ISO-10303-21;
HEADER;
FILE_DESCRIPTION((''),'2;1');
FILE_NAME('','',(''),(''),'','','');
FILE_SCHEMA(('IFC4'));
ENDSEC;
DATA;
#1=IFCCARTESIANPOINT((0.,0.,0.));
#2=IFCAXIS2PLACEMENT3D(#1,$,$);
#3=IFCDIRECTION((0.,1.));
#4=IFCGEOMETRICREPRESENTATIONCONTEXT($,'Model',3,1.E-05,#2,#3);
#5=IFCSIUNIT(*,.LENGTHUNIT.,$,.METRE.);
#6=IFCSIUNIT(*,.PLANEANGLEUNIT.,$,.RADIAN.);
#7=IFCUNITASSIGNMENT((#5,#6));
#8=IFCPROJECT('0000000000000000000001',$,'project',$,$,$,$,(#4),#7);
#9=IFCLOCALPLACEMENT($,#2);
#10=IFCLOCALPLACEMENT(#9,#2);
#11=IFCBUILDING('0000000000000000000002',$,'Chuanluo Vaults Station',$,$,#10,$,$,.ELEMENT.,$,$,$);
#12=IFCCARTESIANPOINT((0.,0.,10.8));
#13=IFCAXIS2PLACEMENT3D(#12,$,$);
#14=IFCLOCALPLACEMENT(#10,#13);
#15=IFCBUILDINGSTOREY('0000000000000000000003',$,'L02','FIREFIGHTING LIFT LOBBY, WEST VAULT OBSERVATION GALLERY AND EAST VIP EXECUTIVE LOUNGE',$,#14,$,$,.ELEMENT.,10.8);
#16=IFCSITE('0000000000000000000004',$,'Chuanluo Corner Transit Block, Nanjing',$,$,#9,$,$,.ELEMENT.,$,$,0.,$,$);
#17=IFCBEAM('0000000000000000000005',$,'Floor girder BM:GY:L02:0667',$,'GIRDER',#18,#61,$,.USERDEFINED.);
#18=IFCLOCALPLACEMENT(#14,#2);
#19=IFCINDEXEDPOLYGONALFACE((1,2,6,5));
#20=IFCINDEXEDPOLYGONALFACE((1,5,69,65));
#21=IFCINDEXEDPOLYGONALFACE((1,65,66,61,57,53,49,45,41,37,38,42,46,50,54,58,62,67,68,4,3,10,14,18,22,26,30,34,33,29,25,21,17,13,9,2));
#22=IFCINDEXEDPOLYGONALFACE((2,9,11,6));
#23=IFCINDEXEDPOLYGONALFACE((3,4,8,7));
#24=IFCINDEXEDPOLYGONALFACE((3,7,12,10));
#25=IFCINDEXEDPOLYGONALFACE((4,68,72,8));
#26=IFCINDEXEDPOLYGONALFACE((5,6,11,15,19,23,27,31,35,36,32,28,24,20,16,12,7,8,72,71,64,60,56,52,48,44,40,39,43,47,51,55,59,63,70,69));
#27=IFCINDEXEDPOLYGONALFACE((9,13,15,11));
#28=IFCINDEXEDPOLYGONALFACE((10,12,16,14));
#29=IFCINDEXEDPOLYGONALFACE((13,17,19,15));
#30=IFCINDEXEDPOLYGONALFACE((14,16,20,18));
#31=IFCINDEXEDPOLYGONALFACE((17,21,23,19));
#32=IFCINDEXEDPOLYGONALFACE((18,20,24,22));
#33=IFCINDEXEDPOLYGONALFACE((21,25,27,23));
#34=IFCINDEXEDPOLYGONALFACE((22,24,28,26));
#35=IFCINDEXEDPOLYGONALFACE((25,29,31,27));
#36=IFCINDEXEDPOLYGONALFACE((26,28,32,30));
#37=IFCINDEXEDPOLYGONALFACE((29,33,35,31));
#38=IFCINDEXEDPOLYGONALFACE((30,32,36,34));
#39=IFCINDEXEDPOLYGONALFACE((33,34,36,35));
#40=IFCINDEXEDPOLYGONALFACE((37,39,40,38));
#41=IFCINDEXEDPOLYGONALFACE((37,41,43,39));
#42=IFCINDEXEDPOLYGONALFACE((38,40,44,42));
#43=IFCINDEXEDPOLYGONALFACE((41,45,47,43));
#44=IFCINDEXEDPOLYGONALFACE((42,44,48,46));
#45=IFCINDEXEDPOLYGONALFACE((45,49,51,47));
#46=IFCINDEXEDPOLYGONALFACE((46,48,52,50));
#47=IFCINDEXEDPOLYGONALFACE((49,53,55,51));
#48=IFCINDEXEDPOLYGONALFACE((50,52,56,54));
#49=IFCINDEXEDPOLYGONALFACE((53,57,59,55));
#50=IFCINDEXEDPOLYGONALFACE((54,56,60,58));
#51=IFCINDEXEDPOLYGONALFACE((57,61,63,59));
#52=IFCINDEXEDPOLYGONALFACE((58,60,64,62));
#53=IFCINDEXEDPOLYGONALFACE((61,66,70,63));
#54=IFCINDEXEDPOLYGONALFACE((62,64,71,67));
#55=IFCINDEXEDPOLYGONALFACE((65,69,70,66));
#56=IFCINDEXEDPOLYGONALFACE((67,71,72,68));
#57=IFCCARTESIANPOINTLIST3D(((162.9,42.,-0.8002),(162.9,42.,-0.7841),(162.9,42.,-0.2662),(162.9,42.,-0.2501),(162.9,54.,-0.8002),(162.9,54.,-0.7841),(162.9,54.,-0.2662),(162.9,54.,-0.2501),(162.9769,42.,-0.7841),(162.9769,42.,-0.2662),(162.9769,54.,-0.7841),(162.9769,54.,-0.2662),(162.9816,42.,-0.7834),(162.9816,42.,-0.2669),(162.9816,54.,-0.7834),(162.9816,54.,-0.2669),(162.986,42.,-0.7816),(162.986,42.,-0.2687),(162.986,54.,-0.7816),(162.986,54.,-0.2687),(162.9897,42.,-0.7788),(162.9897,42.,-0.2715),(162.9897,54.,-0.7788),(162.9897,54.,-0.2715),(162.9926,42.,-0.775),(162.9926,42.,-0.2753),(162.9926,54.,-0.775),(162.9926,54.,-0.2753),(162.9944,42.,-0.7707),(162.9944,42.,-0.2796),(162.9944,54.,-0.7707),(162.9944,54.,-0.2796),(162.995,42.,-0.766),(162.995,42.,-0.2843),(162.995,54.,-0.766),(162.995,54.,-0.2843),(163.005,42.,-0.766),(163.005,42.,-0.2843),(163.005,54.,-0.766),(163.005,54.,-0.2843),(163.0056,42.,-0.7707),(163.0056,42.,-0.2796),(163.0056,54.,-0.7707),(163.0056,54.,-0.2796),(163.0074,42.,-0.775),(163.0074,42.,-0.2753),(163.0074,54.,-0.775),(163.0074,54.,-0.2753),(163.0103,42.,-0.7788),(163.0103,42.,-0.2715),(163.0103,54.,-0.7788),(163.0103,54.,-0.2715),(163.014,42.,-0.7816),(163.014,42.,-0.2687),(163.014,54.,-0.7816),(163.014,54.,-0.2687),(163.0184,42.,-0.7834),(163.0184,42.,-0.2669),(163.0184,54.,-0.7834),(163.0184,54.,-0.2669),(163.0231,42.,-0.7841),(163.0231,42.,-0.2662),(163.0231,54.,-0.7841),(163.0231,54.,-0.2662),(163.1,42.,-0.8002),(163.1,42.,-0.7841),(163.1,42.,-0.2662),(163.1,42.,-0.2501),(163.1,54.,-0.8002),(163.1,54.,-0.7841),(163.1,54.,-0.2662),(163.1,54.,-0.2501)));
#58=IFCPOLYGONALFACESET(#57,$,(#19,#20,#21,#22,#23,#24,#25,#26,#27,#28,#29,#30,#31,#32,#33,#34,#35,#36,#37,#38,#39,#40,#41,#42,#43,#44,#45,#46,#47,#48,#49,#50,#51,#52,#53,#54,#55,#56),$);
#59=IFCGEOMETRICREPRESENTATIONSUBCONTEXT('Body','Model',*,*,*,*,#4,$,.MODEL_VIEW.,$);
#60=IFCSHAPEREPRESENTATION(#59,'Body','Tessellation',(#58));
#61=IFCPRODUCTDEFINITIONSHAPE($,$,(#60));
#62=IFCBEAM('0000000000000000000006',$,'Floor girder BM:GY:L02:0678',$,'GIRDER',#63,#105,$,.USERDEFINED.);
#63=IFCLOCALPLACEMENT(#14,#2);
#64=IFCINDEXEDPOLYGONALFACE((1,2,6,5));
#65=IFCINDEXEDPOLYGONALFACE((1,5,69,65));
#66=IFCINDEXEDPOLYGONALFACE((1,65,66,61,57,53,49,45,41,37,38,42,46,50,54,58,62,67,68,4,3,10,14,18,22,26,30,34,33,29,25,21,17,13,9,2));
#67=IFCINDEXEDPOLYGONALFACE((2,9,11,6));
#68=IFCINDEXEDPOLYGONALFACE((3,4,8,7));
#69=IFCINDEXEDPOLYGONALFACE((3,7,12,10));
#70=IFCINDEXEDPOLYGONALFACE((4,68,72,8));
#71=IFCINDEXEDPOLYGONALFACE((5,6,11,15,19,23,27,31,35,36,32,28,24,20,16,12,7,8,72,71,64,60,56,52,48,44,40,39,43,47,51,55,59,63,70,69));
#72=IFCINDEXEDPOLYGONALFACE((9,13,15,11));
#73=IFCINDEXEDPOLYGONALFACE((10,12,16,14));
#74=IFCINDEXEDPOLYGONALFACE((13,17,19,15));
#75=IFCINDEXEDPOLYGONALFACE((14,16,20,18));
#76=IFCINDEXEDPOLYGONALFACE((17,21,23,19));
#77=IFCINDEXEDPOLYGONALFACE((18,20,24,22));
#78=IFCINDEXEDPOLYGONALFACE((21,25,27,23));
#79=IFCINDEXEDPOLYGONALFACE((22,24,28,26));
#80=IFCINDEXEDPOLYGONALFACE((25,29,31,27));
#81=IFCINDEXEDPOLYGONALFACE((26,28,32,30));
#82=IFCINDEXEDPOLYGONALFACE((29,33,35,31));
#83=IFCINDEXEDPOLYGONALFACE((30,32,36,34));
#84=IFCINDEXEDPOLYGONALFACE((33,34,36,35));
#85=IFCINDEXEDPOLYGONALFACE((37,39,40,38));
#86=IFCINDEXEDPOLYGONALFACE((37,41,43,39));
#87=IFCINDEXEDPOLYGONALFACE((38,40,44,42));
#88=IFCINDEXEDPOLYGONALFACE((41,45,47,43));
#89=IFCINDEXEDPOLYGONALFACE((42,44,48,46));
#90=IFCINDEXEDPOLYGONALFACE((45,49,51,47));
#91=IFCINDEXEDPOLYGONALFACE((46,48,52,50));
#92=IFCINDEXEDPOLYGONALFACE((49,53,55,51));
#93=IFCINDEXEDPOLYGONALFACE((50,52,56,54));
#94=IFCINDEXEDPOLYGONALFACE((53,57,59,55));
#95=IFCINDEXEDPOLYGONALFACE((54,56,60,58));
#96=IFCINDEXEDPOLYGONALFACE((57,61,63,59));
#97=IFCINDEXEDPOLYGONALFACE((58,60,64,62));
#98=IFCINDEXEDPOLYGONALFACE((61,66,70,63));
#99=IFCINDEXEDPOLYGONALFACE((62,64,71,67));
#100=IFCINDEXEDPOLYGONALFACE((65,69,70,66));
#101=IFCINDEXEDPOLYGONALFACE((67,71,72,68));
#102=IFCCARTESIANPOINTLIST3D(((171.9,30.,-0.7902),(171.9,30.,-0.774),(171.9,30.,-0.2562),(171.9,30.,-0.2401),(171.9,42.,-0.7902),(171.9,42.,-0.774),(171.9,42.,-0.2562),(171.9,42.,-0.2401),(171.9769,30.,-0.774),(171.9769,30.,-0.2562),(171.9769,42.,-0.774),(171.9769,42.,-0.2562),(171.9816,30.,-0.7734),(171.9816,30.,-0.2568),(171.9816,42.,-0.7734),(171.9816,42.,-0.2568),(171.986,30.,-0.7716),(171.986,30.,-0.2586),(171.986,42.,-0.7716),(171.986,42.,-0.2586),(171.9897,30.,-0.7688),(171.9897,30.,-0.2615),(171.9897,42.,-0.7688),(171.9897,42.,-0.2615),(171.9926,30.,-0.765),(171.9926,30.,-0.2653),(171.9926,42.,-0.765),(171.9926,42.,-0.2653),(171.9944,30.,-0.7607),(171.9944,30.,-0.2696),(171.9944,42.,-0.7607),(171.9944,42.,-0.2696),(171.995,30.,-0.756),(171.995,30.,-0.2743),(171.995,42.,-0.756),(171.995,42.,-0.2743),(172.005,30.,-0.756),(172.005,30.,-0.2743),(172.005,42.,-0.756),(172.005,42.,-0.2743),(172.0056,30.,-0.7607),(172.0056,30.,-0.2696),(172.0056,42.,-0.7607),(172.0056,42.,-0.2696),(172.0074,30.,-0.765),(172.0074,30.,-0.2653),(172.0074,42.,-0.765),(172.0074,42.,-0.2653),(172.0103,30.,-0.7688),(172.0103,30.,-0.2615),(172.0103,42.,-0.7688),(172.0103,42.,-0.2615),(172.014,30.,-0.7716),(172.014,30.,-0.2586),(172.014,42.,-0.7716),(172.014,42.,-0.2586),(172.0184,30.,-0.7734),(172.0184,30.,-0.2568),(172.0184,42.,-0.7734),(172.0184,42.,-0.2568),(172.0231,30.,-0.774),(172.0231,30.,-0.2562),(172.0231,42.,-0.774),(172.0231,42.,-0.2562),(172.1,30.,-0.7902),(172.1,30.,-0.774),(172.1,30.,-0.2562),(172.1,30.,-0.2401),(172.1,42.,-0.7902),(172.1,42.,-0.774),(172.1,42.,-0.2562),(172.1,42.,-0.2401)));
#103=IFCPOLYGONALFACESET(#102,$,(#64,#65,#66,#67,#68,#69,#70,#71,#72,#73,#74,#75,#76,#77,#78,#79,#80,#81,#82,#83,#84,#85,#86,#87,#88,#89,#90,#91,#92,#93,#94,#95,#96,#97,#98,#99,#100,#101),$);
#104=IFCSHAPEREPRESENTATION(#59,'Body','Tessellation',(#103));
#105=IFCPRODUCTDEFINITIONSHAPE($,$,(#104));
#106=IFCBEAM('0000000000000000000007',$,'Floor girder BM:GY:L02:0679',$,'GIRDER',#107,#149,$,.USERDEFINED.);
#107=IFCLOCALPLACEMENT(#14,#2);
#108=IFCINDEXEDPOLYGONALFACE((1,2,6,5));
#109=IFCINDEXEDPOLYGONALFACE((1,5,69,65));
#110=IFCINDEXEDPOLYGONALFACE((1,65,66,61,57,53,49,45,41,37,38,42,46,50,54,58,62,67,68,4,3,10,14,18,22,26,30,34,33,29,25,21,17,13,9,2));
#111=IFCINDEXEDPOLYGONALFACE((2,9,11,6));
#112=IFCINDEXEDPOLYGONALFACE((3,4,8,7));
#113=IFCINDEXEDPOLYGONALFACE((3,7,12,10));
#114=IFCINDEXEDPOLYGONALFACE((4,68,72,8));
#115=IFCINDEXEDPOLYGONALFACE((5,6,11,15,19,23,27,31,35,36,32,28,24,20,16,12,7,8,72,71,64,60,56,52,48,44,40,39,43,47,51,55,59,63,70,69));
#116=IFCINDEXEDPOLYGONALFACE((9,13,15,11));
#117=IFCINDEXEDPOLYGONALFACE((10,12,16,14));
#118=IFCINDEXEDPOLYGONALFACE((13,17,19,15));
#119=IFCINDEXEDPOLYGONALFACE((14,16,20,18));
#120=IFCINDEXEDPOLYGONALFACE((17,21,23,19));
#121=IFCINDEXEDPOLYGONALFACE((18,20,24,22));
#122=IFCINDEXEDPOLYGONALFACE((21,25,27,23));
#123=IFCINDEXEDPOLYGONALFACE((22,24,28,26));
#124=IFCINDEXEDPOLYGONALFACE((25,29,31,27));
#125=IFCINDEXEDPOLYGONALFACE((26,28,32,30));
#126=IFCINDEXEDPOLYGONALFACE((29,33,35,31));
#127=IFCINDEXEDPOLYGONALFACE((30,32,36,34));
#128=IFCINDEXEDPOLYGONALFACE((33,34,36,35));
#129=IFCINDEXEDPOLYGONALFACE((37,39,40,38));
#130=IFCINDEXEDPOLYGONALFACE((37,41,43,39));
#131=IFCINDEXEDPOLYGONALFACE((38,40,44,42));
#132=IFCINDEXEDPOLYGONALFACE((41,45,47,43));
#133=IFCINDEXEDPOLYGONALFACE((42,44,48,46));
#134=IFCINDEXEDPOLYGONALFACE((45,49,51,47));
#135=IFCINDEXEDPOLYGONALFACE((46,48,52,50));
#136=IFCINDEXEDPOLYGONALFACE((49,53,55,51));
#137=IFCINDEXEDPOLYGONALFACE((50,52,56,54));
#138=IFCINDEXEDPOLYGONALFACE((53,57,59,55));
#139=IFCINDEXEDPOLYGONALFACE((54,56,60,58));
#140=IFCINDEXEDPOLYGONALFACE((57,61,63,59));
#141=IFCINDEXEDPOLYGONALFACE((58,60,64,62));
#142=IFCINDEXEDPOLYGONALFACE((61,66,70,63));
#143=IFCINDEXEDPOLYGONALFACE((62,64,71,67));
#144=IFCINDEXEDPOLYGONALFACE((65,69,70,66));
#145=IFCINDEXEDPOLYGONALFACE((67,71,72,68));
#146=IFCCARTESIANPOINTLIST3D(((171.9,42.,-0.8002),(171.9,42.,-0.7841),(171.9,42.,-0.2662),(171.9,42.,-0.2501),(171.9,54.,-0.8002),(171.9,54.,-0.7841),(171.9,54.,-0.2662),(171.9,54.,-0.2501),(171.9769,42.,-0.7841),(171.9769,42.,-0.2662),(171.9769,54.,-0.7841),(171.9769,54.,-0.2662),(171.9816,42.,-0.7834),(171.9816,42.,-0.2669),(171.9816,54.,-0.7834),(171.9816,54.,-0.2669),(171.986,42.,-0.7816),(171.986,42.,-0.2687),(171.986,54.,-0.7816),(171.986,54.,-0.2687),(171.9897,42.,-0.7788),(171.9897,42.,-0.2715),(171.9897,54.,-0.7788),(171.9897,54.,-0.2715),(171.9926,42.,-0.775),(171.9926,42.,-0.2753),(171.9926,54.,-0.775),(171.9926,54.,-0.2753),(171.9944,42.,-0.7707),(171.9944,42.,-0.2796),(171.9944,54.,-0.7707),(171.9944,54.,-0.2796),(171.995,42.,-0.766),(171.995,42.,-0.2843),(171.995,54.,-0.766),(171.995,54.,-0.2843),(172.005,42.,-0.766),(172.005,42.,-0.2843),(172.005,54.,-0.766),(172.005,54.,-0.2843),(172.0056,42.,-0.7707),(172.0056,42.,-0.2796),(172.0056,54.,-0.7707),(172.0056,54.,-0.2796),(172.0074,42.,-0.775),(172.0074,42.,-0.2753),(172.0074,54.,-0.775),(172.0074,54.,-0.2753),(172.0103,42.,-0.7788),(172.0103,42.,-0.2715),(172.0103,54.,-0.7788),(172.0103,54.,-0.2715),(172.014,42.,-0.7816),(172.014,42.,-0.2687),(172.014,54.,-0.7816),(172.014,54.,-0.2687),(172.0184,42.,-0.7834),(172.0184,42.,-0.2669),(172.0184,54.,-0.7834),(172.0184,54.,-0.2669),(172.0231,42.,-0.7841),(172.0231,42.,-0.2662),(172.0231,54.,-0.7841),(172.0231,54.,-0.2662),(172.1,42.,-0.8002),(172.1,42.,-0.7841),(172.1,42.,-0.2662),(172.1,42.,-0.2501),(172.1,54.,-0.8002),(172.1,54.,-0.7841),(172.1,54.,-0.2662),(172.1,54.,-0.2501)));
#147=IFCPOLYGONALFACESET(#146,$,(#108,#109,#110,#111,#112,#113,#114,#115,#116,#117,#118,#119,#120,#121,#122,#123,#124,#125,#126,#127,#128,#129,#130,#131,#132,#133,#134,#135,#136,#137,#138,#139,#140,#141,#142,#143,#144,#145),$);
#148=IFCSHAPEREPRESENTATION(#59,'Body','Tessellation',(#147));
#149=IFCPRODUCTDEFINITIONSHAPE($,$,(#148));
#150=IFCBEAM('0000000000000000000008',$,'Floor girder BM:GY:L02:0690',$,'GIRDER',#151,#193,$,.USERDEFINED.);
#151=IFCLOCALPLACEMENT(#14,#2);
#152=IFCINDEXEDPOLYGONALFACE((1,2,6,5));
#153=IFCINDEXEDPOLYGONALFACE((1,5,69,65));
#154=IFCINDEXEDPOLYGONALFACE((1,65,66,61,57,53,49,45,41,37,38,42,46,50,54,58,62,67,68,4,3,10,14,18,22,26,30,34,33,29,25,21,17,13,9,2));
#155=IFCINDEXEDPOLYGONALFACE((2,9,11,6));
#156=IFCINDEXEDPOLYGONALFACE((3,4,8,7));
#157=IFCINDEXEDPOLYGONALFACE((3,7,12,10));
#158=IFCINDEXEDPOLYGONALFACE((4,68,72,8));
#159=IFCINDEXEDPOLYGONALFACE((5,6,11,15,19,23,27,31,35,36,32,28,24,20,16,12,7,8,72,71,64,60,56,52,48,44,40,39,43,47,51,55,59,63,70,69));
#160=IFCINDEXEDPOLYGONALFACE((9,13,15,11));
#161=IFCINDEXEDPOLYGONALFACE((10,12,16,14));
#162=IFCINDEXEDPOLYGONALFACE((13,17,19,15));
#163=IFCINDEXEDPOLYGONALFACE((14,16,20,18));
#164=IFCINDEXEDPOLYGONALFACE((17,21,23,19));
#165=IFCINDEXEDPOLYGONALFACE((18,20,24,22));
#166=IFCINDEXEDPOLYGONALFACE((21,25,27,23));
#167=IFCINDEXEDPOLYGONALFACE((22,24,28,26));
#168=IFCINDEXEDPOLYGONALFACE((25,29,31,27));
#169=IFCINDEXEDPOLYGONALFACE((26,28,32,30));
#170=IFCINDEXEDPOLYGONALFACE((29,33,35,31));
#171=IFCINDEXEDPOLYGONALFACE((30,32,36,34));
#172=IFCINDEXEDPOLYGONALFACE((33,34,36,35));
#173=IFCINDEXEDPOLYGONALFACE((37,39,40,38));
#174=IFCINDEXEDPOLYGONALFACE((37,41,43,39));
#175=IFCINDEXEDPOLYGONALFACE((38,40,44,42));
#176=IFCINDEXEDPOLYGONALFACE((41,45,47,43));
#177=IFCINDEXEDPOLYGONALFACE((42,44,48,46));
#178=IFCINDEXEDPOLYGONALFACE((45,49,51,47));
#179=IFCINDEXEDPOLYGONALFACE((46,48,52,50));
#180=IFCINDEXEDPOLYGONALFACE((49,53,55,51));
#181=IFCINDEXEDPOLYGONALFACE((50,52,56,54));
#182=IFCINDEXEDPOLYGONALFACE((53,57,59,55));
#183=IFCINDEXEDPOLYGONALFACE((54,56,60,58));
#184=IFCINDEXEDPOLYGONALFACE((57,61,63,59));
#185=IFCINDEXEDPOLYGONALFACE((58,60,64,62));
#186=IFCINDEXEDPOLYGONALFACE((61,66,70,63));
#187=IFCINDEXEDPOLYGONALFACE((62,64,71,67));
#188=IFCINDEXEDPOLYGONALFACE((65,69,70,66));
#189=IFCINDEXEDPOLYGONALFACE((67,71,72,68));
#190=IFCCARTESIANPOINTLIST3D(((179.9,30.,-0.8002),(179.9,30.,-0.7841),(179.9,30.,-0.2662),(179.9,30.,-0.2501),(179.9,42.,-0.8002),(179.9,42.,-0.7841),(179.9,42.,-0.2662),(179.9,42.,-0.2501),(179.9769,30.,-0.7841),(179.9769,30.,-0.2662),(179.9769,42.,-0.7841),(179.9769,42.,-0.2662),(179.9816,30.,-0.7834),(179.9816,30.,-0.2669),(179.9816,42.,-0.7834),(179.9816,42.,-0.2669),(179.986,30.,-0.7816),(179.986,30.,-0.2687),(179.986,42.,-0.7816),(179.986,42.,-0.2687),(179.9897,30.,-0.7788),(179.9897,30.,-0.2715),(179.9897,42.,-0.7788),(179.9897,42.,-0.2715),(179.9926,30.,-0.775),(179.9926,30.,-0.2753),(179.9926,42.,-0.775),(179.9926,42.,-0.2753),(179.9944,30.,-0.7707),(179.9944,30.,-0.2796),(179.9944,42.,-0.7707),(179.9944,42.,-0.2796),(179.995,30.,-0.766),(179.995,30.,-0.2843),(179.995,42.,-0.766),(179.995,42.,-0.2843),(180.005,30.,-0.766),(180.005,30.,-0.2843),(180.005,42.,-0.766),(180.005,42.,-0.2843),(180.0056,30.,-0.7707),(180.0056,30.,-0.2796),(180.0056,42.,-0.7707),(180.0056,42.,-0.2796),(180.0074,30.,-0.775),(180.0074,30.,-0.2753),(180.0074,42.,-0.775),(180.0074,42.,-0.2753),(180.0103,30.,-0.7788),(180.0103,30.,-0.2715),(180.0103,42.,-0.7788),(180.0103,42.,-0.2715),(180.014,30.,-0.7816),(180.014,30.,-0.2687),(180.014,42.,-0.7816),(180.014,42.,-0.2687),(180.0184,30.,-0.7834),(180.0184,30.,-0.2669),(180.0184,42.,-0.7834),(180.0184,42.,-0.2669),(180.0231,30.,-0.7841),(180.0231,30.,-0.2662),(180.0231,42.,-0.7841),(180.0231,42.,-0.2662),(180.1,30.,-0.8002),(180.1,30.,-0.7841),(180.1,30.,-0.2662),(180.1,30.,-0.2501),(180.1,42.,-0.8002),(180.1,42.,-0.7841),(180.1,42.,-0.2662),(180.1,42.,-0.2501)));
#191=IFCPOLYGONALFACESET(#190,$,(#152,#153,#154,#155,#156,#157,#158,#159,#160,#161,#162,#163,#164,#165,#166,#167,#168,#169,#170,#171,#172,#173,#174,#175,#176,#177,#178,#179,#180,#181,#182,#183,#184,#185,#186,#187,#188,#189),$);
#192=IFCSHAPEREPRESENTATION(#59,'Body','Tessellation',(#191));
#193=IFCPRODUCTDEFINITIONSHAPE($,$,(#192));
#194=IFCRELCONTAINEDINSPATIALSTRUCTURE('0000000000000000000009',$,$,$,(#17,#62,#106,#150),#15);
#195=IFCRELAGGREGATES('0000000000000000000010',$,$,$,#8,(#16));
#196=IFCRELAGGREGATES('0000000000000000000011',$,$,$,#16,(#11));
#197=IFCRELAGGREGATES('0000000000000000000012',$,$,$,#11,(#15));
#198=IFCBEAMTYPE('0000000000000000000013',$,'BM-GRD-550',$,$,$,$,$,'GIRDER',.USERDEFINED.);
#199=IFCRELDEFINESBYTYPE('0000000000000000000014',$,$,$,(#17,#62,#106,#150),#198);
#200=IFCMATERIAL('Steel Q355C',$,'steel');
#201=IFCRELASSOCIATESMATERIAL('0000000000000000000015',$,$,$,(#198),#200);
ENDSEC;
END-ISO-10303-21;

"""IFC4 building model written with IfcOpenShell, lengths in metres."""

from ifc_helpers import new_model, si_unit, direction, frame, origin, origin_2d, place, context, subcontext, project, spatial, i_section, extrude, material, material_profile, profile_set, type_object, element, save


model = new_model("IFC4")

# Units and contexts
model_context = context("Model", 3, precision=1e-05, world=origin(), true_north=direction((0.0, 1.0)))
body_context = subcontext(model_context, "Body", "Model", "MODEL_VIEW")
ifc_project = project(units=[si_unit("LENGTHUNIT", "METRE"), si_unit("PLANEANGLEUNIT", "RADIAN")], contexts=[model_context])

# Site, building, storey
site_placement = place(None, origin())
site = spatial("IfcSite", under=ifc_project, at=site_placement, Name="Chuanluo Corner Transit Block, Nanjing", CompositionType="ELEMENT", RefElevation=0.0)
building_placement = place(site_placement, origin())
building = spatial("IfcBuilding", under=site, at=building_placement, Name="Chuanluo Vaults Station", CompositionType="ELEMENT")
storey_placement = place(building_placement, frame((0.0, 0.0, 10.8)))
storey = spatial("IfcBuildingStorey", under=building, at=storey_placement, Name="L02", Description="FIREFIGHTING LIFT LOBBY, WEST VAULT OBSERVATION GALLERY AND EAST VIP EXECUTIVE LOUNGE", CompositionType="ELEMENT", Elevation=10.8)

# Beams
ifc_material_1 = material(Name="Steel Q355C", Category="steel")
ifc_material_profile_1 = material_profile(ifc_material_1, i_section(OverallWidth=0.2, OverallDepth=0.55, WebThickness=0.01, FlangeThickness=0.0161, FilletRadius=0.0181, at=origin_2d()))
ifc_profile_set_1 = profile_set([ifc_material_profile_1], Name="Steel Q355C")
beam_type_1 = type_object("IfcBeamType", Name="BM-GRD-550", ElementType="GIRDER", PredefinedType="USERDEFINED", material=ifc_profile_set_1)
for number, where, z_axis, x_axis, name in (
    (1, (163.0, 42.0, -0.5251), (0.0, 1.0, 0.0), (-1.0, 0.0, 0.0), "Floor girder BM:GY:L02:0667"),
    (2, (172.0, 30.0, -0.5151), (0.0, 1.0, 0.0), (-1.0, 0.0, 0.0), "Floor girder BM:GY:L02:0678"),
    (3, (172.0, 42.0, -0.5251), (0.0, 1.0, 0.0), (-1.0, 0.0, 0.0), "Floor girder BM:GY:L02:0679"),
    (4, (180.0, 30.0, -0.5251), (0.0, 1.0, 0.0), (-1.0, 0.0, 0.0), "Floor girder BM:GY:L02:0690"),
):
    element("IfcBeam", number, at=place(storey_placement, frame(where, z_axis=z_axis, x_axis=x_axis)), inside=storey, type_object=beam_type_1, Name=name, ObjectType="GIRDER", PredefinedType="USERDEFINED", context=body_context, shape_type="SweptSolid", body=[
        extrude(i_section(OverallWidth=0.2, OverallDepth=0.55, WebThickness=0.01, FlangeThickness=0.0161, FilletRadius=0.0181, at=origin_2d()), origin(), (0.0, 0.0, 1.0), 12.0),
    ])

save(model, "model.ifc")
